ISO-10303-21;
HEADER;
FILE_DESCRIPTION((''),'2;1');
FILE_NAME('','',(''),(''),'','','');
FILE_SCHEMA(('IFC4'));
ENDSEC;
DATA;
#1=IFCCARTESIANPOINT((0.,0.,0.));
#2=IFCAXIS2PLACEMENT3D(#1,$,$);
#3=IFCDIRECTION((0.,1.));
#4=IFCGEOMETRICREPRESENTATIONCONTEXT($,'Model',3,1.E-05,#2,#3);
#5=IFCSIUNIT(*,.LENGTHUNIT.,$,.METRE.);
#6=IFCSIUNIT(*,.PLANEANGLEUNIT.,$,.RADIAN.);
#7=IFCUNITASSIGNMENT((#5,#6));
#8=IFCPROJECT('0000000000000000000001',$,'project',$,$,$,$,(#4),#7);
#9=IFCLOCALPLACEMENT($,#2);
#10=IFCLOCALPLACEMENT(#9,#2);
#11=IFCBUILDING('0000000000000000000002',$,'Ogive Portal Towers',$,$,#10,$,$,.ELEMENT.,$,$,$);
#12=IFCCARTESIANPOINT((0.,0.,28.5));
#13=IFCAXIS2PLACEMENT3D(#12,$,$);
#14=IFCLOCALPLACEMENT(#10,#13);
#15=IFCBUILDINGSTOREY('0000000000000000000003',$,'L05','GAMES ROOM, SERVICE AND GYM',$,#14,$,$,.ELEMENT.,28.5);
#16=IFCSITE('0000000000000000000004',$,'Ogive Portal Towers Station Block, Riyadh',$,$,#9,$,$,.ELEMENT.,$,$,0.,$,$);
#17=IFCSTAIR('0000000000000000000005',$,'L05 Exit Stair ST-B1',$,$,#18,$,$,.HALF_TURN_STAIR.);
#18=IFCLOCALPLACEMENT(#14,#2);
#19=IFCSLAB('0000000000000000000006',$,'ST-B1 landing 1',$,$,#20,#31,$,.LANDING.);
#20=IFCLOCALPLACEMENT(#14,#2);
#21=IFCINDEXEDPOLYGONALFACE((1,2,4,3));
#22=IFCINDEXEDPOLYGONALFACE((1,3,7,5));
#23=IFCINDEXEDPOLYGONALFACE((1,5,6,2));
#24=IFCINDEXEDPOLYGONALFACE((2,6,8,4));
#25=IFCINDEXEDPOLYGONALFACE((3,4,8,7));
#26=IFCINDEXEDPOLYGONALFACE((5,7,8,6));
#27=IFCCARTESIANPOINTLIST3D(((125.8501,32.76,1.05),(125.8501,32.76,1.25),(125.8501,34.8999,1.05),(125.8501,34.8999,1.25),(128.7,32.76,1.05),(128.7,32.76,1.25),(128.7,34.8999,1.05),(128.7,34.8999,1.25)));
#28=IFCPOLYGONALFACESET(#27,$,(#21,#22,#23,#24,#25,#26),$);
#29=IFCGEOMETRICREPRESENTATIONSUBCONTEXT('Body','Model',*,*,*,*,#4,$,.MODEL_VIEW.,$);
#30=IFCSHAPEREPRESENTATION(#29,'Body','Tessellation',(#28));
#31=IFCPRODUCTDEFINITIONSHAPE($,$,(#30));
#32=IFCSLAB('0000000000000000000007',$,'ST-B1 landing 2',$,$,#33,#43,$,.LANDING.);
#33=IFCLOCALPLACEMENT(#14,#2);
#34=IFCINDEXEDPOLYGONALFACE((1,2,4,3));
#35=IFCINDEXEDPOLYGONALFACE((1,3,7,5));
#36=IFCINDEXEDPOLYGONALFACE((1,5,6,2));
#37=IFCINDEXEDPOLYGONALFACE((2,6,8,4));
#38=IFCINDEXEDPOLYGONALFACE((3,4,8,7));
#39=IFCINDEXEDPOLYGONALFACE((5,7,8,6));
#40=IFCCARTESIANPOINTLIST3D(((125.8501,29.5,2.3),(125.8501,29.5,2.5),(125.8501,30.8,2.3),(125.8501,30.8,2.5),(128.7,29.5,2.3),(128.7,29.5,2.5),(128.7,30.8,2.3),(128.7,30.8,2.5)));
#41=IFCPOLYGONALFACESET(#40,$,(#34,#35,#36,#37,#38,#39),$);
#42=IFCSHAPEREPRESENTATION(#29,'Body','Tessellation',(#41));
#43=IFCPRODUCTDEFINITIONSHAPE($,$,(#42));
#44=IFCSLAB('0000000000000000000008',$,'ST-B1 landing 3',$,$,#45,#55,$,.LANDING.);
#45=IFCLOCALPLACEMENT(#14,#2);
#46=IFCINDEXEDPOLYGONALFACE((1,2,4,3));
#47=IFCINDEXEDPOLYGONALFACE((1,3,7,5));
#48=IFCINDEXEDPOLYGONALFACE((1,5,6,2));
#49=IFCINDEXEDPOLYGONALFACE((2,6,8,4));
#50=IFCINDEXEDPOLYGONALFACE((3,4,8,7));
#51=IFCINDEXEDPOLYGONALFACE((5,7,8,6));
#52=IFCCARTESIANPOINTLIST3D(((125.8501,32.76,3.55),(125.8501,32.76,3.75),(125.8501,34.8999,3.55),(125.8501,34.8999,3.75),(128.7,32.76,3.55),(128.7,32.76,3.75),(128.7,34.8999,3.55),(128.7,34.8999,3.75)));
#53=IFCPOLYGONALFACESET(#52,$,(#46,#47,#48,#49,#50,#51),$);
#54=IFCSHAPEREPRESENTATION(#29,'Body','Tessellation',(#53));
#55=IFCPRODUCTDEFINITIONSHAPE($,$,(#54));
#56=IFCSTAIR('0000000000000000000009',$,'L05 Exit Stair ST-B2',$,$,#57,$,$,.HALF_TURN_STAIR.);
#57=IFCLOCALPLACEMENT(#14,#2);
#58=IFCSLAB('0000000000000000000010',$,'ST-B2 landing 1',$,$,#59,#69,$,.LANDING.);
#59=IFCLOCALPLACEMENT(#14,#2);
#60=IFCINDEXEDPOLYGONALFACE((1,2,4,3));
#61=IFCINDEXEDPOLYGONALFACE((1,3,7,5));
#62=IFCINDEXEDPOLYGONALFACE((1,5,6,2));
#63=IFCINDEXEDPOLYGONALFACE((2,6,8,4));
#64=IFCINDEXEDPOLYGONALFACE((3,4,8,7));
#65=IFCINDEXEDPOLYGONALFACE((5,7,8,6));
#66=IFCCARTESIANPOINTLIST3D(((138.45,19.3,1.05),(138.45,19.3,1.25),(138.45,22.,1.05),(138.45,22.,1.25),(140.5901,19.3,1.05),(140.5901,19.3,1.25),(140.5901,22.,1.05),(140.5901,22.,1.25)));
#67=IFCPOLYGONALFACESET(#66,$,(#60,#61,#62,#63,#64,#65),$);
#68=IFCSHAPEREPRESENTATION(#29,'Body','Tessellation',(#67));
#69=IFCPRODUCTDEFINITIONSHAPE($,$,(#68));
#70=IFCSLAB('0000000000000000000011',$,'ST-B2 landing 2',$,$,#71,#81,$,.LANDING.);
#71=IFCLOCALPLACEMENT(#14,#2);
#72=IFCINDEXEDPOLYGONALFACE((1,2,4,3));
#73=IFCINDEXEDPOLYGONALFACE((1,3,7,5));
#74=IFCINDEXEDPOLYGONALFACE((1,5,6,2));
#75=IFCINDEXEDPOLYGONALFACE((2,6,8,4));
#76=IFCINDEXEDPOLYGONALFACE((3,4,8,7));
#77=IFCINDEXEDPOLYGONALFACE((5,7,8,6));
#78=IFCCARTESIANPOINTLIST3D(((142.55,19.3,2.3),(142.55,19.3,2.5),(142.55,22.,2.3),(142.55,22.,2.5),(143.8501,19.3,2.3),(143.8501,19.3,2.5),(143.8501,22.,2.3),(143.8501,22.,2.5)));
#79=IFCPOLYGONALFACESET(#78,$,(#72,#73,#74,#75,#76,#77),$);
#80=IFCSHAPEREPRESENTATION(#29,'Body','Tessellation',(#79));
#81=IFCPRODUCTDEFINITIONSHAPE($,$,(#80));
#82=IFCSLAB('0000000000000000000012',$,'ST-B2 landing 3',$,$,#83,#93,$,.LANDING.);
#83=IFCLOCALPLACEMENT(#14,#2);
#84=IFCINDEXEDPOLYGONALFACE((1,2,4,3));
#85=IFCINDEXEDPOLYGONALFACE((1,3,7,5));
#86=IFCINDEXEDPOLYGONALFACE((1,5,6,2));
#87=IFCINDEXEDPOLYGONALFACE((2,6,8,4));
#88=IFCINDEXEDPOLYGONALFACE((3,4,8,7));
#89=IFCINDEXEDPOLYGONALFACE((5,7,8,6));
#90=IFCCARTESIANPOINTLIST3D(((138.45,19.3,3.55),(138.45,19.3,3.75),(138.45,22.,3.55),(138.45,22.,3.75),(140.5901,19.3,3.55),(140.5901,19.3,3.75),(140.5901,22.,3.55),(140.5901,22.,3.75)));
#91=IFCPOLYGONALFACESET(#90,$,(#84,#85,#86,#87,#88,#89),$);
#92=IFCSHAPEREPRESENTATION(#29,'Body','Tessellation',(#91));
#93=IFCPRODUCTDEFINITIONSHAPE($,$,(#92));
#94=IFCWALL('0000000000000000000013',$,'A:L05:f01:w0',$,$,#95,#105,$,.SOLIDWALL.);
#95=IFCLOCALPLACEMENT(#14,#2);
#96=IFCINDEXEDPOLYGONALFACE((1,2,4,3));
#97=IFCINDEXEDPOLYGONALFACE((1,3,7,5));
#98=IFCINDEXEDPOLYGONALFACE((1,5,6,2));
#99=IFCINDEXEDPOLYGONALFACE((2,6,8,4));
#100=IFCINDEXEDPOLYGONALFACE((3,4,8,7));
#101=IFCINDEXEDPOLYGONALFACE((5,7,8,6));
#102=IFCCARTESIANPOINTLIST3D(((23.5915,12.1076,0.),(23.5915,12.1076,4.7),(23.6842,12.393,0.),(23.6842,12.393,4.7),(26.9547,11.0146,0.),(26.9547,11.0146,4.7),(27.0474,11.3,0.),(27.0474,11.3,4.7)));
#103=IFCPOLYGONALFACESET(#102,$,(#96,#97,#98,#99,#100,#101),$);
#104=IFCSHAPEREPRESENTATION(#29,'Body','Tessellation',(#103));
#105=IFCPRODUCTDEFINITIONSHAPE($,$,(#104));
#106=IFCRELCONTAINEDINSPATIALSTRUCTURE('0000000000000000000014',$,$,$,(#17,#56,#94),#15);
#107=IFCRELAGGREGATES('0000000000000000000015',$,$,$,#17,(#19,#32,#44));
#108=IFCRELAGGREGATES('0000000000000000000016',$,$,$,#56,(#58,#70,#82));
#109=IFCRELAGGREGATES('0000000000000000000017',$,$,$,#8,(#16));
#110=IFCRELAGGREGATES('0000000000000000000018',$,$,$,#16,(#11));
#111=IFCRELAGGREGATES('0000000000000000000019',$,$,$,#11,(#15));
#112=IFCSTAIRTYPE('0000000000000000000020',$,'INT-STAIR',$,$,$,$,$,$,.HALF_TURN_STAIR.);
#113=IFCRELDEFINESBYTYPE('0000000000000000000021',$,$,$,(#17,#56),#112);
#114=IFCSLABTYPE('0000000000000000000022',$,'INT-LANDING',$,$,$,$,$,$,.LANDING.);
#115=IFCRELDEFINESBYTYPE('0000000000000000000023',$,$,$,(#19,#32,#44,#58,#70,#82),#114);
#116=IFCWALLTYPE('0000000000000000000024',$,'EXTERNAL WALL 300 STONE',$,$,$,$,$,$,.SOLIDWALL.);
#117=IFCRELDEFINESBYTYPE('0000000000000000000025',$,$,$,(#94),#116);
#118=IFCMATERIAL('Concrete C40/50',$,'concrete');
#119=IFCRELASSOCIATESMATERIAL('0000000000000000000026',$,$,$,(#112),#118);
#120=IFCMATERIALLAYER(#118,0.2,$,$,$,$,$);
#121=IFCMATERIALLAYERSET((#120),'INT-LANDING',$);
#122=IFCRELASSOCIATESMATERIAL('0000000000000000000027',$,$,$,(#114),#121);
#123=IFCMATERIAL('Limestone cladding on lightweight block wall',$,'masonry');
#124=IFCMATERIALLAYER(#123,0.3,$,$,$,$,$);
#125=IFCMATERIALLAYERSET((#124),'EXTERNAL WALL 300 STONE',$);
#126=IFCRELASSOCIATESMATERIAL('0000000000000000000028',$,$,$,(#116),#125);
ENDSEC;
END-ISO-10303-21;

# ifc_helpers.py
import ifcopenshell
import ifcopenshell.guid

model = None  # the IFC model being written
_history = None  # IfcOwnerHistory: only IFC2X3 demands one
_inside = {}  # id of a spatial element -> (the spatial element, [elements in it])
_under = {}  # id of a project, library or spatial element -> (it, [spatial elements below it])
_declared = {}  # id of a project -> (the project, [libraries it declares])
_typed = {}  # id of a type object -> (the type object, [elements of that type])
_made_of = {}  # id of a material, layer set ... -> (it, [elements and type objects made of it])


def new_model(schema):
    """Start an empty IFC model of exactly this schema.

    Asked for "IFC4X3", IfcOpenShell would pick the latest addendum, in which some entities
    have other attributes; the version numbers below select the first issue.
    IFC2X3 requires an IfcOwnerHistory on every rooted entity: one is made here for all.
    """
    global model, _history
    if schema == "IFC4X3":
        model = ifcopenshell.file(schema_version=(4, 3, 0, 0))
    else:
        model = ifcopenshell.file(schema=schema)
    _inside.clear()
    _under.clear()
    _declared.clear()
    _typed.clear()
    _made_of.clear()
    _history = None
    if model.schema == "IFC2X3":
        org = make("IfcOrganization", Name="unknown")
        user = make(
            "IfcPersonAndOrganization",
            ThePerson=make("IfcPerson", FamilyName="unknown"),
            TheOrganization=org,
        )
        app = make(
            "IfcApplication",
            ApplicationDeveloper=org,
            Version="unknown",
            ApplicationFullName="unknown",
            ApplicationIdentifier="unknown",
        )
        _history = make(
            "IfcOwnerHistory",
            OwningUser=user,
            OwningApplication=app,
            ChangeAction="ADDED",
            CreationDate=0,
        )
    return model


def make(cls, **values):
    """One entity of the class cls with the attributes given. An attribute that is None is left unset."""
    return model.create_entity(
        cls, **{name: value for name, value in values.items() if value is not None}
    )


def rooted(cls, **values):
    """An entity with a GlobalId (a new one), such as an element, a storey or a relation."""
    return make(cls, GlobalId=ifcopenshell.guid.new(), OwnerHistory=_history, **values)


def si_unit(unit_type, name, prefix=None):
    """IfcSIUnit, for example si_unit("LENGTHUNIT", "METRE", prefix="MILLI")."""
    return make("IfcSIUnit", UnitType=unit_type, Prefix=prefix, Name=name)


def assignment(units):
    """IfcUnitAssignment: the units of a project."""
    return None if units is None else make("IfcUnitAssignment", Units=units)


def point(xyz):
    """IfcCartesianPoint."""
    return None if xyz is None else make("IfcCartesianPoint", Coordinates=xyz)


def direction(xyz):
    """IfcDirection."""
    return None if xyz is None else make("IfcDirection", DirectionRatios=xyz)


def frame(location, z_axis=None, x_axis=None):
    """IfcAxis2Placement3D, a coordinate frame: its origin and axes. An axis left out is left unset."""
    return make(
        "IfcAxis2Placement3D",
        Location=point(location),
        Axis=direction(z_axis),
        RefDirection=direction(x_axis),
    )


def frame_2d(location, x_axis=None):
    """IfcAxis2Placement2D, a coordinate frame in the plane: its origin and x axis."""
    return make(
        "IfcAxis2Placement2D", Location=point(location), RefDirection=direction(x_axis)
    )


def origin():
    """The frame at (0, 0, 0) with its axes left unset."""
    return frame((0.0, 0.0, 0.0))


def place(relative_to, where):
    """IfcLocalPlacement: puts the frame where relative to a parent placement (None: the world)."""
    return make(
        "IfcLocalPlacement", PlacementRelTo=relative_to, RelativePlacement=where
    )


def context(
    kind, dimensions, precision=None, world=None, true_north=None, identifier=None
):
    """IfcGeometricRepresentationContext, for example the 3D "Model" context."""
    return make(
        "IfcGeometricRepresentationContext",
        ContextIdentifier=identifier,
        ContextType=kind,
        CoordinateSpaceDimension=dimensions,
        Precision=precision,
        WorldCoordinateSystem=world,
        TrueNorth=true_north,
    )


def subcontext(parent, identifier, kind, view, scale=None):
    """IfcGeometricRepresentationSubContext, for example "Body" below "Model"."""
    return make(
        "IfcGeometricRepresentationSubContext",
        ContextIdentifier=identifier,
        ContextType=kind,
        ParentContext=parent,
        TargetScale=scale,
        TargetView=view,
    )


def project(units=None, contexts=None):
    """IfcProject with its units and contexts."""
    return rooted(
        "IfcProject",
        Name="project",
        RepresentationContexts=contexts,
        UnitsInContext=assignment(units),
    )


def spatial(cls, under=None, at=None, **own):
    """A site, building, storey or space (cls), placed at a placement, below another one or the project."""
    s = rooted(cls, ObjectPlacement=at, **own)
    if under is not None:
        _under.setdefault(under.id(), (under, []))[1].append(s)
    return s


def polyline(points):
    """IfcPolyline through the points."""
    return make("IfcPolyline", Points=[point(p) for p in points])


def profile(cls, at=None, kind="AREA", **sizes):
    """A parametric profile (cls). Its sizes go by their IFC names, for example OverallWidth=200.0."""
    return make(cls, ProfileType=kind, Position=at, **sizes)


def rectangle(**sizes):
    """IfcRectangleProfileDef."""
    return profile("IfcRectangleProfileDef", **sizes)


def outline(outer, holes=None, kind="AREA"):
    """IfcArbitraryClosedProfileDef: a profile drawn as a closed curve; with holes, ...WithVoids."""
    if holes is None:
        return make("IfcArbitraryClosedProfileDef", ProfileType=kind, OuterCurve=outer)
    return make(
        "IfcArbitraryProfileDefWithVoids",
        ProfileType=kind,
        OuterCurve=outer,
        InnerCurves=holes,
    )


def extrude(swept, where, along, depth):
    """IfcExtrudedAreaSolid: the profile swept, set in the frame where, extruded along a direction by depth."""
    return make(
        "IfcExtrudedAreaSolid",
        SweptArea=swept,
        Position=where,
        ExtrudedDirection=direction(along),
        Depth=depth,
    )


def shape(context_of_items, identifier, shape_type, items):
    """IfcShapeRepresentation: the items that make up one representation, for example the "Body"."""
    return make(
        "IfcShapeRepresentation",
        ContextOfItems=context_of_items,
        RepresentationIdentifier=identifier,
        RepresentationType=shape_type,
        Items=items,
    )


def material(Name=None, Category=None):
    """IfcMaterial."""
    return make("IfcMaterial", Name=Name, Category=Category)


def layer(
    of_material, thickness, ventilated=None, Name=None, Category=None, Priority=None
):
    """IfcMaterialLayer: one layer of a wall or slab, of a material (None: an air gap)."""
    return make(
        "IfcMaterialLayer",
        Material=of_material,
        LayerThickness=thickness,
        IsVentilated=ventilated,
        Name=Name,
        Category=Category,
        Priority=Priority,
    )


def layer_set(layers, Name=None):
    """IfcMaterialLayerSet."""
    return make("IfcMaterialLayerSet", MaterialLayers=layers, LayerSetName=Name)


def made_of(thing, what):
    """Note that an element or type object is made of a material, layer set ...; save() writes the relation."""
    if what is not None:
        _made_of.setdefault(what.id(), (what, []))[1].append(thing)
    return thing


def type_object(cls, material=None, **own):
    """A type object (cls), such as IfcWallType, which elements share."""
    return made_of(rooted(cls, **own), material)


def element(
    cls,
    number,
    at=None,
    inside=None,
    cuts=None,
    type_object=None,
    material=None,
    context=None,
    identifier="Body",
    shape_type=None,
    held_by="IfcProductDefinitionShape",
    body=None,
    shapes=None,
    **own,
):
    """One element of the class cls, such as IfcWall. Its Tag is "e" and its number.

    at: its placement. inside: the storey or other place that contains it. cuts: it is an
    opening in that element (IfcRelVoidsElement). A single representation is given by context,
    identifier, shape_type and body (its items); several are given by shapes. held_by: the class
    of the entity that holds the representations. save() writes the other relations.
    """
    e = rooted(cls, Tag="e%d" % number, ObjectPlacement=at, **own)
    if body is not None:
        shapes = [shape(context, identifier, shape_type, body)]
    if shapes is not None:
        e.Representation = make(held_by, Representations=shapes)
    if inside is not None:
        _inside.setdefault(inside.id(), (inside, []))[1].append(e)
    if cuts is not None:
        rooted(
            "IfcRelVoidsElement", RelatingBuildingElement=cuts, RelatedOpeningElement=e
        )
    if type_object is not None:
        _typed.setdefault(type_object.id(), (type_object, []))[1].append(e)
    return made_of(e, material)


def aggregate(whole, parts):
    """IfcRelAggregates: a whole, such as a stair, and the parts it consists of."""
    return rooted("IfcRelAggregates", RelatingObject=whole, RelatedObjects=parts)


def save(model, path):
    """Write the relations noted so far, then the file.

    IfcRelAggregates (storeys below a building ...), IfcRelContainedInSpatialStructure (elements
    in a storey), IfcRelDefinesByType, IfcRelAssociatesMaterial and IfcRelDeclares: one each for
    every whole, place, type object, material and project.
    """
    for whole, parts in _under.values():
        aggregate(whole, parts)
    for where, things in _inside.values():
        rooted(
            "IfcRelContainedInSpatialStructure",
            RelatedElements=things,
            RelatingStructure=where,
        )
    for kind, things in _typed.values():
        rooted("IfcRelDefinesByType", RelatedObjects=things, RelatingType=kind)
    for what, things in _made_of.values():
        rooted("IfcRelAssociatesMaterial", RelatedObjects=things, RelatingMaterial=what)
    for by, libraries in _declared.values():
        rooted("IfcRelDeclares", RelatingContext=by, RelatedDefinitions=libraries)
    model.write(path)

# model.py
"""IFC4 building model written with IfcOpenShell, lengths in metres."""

from ifc_helpers import new_model, si_unit, direction, frame, frame_2d, origin, place, context, subcontext, project, spatial, polyline, rectangle, outline, extrude, material, layer, layer_set, type_object, element, aggregate, save


model = new_model("IFC4")

# Units and contexts
model_context = context("Model", 3, precision=1e-05, world=origin(), true_north=direction((0.0, 1.0)))
body_context = subcontext(model_context, "Body", "Model", "MODEL_VIEW")
ifc_project = project(units=[si_unit("LENGTHUNIT", "METRE"), si_unit("PLANEANGLEUNIT", "RADIAN")], contexts=[model_context])

# Site, building, storey
site_placement = place(None, origin())
site = spatial("IfcSite", under=ifc_project, at=site_placement, Name="Ogive Portal Towers Station Block, Riyadh", CompositionType="ELEMENT", RefElevation=0.0)
building_placement = place(site_placement, origin())
building = spatial("IfcBuilding", under=site, at=building_placement, Name="Ogive Portal Towers", CompositionType="ELEMENT")
storey_placement = place(building_placement, frame((0.0, 0.0, 28.5)))
storey = spatial("IfcBuildingStorey", under=building, at=storey_placement, Name="L05", Description="GAMES ROOM, SERVICE AND GYM", CompositionType="ELEMENT", Elevation=28.5)

# Stairs, slabs
ifc_material_1 = material(Name="Concrete C40/50", Category="concrete")
stair_type = type_object("IfcStairType", Name="INT-STAIR", PredefinedType="HALF_TURN_STAIR", material=ifc_material_1)
stair_1_placement = place(storey_placement, origin())
stair_1 = element("IfcStair", 1, at=stair_1_placement, inside=storey, type_object=stair_type, Name="L05 Exit Stair ST-B1", PredefinedType="HALF_TURN_STAIR")
ifc_layer_1 = layer(ifc_material_1, 0.2)
ifc_layer_set_1 = layer_set([ifc_layer_1], Name="INT-LANDING")
slab_type = type_object("IfcSlabType", Name="INT-LANDING", PredefinedType="LANDING", material=ifc_layer_set_1)
slab_1_placement = place(storey_placement, frame((0.0, 0.0, 1.05)))
slab_1 = element("IfcSlab", 2, at=slab_1_placement, type_object=slab_type, Name="ST-B1 landing 1", PredefinedType="LANDING", context=body_context, shape_type="SweptSolid", body=[
    extrude(outline(polyline([(128.7, 32.76), (128.7, 34.8999), (125.8501, 34.8999), (125.8501, 32.76), (128.7, 32.76)])), origin(), (0.0, 0.0, 1.0), 0.2),
])
slab_2_placement = place(storey_placement, frame((0.0, 0.0, 2.3)))
slab_2 = element("IfcSlab", 3, at=slab_2_placement, type_object=slab_type, Name="ST-B1 landing 2", PredefinedType="LANDING", context=body_context, shape_type="SweptSolid", body=[
    extrude(outline(polyline([(128.7, 29.5), (128.7, 30.8), (125.8501, 30.8), (125.8501, 29.5), (128.7, 29.5)])), origin(), (0.0, 0.0, 1.0), 0.2),
])
slab_3_placement = place(storey_placement, frame((0.0, 0.0, 3.55)))
slab_3 = element("IfcSlab", 4, at=slab_3_placement, type_object=slab_type, Name="ST-B1 landing 3", PredefinedType="LANDING", context=body_context, shape_type="SweptSolid", body=[
    extrude(outline(polyline([(128.7, 32.76), (128.7, 34.8999), (125.8501, 34.8999), (125.8501, 32.76), (128.7, 32.76)])), origin(), (0.0, 0.0, 1.0), 0.2),
])
aggregate(stair_1, [slab_1, slab_2, slab_3])
stair_2_placement = place(storey_placement, origin())
stair_2 = element("IfcStair", 5, at=stair_2_placement, inside=storey, type_object=stair_type, Name="L05 Exit Stair ST-B2", PredefinedType="HALF_TURN_STAIR")
slab_4_placement = place(storey_placement, frame((0.0, 0.0, 1.05)))
slab_4 = element("IfcSlab", 6, at=slab_4_placement, type_object=slab_type, Name="ST-B2 landing 1", PredefinedType="LANDING", context=body_context, shape_type="SweptSolid", body=[
    extrude(outline(polyline([(140.5901, 22.0), (138.45, 22.0), (138.45, 19.3), (140.5901, 19.3), (140.5901, 22.0)])), origin(), (0.0, 0.0, 1.0), 0.2),
])
slab_5_placement = place(storey_placement, frame((0.0, 0.0, 2.3)))
slab_5 = element("IfcSlab", 7, at=slab_5_placement, type_object=slab_type, Name="ST-B2 landing 2", PredefinedType="LANDING", context=body_context, shape_type="SweptSolid", body=[
    extrude(outline(polyline([(143.8501, 22.0), (142.55, 22.0), (142.55, 19.3), (143.8501, 19.3), (143.8501, 22.0)])), origin(), (0.0, 0.0, 1.0), 0.2),
])
slab_6_placement = place(storey_placement, frame((0.0, 0.0, 3.55)))
slab_6 = element("IfcSlab", 8, at=slab_6_placement, type_object=slab_type, Name="ST-B2 landing 3", PredefinedType="LANDING", context=body_context, shape_type="SweptSolid", body=[
    extrude(outline(polyline([(140.5901, 22.0), (138.45, 22.0), (138.45, 19.3), (140.5901, 19.3), (140.5901, 22.0)])), origin(), (0.0, 0.0, 1.0), 0.2),
])
aggregate(stair_2, [slab_4, slab_5, slab_6])

# Wall
ifc_material_2 = material(Name="Limestone cladding on lightweight block wall", Category="masonry")
ifc_layer_2 = layer(ifc_material_2, 0.3)
ifc_layer_set_2 = layer_set([ifc_layer_2], Name="EXTERNAL WALL 300 STONE")
wall_type = type_object("IfcWallType", Name="EXTERNAL WALL 300 STONE", PredefinedType="SOLIDWALL", material=ifc_layer_set_2)
wall_1_placement = place(storey_placement, frame((23.6379, 12.2502, 0.0), z_axis=(0.0, 0.0, 1.0), x_axis=(0.951038, -0.309074, 0.0)))
element("IfcWall", 9, at=wall_1_placement, inside=storey, type_object=wall_type, Name="A:L05:f01:w0", PredefinedType="SOLIDWALL", context=body_context, shape_type="SweptSolid", body=[
    extrude(rectangle(XDim=3.5364, YDim=0.3, at=frame_2d((1.7681, 0.0))), origin(), (0.0, 0.0, 1.0), 4.7),
])

save(model, "model.ifc")
